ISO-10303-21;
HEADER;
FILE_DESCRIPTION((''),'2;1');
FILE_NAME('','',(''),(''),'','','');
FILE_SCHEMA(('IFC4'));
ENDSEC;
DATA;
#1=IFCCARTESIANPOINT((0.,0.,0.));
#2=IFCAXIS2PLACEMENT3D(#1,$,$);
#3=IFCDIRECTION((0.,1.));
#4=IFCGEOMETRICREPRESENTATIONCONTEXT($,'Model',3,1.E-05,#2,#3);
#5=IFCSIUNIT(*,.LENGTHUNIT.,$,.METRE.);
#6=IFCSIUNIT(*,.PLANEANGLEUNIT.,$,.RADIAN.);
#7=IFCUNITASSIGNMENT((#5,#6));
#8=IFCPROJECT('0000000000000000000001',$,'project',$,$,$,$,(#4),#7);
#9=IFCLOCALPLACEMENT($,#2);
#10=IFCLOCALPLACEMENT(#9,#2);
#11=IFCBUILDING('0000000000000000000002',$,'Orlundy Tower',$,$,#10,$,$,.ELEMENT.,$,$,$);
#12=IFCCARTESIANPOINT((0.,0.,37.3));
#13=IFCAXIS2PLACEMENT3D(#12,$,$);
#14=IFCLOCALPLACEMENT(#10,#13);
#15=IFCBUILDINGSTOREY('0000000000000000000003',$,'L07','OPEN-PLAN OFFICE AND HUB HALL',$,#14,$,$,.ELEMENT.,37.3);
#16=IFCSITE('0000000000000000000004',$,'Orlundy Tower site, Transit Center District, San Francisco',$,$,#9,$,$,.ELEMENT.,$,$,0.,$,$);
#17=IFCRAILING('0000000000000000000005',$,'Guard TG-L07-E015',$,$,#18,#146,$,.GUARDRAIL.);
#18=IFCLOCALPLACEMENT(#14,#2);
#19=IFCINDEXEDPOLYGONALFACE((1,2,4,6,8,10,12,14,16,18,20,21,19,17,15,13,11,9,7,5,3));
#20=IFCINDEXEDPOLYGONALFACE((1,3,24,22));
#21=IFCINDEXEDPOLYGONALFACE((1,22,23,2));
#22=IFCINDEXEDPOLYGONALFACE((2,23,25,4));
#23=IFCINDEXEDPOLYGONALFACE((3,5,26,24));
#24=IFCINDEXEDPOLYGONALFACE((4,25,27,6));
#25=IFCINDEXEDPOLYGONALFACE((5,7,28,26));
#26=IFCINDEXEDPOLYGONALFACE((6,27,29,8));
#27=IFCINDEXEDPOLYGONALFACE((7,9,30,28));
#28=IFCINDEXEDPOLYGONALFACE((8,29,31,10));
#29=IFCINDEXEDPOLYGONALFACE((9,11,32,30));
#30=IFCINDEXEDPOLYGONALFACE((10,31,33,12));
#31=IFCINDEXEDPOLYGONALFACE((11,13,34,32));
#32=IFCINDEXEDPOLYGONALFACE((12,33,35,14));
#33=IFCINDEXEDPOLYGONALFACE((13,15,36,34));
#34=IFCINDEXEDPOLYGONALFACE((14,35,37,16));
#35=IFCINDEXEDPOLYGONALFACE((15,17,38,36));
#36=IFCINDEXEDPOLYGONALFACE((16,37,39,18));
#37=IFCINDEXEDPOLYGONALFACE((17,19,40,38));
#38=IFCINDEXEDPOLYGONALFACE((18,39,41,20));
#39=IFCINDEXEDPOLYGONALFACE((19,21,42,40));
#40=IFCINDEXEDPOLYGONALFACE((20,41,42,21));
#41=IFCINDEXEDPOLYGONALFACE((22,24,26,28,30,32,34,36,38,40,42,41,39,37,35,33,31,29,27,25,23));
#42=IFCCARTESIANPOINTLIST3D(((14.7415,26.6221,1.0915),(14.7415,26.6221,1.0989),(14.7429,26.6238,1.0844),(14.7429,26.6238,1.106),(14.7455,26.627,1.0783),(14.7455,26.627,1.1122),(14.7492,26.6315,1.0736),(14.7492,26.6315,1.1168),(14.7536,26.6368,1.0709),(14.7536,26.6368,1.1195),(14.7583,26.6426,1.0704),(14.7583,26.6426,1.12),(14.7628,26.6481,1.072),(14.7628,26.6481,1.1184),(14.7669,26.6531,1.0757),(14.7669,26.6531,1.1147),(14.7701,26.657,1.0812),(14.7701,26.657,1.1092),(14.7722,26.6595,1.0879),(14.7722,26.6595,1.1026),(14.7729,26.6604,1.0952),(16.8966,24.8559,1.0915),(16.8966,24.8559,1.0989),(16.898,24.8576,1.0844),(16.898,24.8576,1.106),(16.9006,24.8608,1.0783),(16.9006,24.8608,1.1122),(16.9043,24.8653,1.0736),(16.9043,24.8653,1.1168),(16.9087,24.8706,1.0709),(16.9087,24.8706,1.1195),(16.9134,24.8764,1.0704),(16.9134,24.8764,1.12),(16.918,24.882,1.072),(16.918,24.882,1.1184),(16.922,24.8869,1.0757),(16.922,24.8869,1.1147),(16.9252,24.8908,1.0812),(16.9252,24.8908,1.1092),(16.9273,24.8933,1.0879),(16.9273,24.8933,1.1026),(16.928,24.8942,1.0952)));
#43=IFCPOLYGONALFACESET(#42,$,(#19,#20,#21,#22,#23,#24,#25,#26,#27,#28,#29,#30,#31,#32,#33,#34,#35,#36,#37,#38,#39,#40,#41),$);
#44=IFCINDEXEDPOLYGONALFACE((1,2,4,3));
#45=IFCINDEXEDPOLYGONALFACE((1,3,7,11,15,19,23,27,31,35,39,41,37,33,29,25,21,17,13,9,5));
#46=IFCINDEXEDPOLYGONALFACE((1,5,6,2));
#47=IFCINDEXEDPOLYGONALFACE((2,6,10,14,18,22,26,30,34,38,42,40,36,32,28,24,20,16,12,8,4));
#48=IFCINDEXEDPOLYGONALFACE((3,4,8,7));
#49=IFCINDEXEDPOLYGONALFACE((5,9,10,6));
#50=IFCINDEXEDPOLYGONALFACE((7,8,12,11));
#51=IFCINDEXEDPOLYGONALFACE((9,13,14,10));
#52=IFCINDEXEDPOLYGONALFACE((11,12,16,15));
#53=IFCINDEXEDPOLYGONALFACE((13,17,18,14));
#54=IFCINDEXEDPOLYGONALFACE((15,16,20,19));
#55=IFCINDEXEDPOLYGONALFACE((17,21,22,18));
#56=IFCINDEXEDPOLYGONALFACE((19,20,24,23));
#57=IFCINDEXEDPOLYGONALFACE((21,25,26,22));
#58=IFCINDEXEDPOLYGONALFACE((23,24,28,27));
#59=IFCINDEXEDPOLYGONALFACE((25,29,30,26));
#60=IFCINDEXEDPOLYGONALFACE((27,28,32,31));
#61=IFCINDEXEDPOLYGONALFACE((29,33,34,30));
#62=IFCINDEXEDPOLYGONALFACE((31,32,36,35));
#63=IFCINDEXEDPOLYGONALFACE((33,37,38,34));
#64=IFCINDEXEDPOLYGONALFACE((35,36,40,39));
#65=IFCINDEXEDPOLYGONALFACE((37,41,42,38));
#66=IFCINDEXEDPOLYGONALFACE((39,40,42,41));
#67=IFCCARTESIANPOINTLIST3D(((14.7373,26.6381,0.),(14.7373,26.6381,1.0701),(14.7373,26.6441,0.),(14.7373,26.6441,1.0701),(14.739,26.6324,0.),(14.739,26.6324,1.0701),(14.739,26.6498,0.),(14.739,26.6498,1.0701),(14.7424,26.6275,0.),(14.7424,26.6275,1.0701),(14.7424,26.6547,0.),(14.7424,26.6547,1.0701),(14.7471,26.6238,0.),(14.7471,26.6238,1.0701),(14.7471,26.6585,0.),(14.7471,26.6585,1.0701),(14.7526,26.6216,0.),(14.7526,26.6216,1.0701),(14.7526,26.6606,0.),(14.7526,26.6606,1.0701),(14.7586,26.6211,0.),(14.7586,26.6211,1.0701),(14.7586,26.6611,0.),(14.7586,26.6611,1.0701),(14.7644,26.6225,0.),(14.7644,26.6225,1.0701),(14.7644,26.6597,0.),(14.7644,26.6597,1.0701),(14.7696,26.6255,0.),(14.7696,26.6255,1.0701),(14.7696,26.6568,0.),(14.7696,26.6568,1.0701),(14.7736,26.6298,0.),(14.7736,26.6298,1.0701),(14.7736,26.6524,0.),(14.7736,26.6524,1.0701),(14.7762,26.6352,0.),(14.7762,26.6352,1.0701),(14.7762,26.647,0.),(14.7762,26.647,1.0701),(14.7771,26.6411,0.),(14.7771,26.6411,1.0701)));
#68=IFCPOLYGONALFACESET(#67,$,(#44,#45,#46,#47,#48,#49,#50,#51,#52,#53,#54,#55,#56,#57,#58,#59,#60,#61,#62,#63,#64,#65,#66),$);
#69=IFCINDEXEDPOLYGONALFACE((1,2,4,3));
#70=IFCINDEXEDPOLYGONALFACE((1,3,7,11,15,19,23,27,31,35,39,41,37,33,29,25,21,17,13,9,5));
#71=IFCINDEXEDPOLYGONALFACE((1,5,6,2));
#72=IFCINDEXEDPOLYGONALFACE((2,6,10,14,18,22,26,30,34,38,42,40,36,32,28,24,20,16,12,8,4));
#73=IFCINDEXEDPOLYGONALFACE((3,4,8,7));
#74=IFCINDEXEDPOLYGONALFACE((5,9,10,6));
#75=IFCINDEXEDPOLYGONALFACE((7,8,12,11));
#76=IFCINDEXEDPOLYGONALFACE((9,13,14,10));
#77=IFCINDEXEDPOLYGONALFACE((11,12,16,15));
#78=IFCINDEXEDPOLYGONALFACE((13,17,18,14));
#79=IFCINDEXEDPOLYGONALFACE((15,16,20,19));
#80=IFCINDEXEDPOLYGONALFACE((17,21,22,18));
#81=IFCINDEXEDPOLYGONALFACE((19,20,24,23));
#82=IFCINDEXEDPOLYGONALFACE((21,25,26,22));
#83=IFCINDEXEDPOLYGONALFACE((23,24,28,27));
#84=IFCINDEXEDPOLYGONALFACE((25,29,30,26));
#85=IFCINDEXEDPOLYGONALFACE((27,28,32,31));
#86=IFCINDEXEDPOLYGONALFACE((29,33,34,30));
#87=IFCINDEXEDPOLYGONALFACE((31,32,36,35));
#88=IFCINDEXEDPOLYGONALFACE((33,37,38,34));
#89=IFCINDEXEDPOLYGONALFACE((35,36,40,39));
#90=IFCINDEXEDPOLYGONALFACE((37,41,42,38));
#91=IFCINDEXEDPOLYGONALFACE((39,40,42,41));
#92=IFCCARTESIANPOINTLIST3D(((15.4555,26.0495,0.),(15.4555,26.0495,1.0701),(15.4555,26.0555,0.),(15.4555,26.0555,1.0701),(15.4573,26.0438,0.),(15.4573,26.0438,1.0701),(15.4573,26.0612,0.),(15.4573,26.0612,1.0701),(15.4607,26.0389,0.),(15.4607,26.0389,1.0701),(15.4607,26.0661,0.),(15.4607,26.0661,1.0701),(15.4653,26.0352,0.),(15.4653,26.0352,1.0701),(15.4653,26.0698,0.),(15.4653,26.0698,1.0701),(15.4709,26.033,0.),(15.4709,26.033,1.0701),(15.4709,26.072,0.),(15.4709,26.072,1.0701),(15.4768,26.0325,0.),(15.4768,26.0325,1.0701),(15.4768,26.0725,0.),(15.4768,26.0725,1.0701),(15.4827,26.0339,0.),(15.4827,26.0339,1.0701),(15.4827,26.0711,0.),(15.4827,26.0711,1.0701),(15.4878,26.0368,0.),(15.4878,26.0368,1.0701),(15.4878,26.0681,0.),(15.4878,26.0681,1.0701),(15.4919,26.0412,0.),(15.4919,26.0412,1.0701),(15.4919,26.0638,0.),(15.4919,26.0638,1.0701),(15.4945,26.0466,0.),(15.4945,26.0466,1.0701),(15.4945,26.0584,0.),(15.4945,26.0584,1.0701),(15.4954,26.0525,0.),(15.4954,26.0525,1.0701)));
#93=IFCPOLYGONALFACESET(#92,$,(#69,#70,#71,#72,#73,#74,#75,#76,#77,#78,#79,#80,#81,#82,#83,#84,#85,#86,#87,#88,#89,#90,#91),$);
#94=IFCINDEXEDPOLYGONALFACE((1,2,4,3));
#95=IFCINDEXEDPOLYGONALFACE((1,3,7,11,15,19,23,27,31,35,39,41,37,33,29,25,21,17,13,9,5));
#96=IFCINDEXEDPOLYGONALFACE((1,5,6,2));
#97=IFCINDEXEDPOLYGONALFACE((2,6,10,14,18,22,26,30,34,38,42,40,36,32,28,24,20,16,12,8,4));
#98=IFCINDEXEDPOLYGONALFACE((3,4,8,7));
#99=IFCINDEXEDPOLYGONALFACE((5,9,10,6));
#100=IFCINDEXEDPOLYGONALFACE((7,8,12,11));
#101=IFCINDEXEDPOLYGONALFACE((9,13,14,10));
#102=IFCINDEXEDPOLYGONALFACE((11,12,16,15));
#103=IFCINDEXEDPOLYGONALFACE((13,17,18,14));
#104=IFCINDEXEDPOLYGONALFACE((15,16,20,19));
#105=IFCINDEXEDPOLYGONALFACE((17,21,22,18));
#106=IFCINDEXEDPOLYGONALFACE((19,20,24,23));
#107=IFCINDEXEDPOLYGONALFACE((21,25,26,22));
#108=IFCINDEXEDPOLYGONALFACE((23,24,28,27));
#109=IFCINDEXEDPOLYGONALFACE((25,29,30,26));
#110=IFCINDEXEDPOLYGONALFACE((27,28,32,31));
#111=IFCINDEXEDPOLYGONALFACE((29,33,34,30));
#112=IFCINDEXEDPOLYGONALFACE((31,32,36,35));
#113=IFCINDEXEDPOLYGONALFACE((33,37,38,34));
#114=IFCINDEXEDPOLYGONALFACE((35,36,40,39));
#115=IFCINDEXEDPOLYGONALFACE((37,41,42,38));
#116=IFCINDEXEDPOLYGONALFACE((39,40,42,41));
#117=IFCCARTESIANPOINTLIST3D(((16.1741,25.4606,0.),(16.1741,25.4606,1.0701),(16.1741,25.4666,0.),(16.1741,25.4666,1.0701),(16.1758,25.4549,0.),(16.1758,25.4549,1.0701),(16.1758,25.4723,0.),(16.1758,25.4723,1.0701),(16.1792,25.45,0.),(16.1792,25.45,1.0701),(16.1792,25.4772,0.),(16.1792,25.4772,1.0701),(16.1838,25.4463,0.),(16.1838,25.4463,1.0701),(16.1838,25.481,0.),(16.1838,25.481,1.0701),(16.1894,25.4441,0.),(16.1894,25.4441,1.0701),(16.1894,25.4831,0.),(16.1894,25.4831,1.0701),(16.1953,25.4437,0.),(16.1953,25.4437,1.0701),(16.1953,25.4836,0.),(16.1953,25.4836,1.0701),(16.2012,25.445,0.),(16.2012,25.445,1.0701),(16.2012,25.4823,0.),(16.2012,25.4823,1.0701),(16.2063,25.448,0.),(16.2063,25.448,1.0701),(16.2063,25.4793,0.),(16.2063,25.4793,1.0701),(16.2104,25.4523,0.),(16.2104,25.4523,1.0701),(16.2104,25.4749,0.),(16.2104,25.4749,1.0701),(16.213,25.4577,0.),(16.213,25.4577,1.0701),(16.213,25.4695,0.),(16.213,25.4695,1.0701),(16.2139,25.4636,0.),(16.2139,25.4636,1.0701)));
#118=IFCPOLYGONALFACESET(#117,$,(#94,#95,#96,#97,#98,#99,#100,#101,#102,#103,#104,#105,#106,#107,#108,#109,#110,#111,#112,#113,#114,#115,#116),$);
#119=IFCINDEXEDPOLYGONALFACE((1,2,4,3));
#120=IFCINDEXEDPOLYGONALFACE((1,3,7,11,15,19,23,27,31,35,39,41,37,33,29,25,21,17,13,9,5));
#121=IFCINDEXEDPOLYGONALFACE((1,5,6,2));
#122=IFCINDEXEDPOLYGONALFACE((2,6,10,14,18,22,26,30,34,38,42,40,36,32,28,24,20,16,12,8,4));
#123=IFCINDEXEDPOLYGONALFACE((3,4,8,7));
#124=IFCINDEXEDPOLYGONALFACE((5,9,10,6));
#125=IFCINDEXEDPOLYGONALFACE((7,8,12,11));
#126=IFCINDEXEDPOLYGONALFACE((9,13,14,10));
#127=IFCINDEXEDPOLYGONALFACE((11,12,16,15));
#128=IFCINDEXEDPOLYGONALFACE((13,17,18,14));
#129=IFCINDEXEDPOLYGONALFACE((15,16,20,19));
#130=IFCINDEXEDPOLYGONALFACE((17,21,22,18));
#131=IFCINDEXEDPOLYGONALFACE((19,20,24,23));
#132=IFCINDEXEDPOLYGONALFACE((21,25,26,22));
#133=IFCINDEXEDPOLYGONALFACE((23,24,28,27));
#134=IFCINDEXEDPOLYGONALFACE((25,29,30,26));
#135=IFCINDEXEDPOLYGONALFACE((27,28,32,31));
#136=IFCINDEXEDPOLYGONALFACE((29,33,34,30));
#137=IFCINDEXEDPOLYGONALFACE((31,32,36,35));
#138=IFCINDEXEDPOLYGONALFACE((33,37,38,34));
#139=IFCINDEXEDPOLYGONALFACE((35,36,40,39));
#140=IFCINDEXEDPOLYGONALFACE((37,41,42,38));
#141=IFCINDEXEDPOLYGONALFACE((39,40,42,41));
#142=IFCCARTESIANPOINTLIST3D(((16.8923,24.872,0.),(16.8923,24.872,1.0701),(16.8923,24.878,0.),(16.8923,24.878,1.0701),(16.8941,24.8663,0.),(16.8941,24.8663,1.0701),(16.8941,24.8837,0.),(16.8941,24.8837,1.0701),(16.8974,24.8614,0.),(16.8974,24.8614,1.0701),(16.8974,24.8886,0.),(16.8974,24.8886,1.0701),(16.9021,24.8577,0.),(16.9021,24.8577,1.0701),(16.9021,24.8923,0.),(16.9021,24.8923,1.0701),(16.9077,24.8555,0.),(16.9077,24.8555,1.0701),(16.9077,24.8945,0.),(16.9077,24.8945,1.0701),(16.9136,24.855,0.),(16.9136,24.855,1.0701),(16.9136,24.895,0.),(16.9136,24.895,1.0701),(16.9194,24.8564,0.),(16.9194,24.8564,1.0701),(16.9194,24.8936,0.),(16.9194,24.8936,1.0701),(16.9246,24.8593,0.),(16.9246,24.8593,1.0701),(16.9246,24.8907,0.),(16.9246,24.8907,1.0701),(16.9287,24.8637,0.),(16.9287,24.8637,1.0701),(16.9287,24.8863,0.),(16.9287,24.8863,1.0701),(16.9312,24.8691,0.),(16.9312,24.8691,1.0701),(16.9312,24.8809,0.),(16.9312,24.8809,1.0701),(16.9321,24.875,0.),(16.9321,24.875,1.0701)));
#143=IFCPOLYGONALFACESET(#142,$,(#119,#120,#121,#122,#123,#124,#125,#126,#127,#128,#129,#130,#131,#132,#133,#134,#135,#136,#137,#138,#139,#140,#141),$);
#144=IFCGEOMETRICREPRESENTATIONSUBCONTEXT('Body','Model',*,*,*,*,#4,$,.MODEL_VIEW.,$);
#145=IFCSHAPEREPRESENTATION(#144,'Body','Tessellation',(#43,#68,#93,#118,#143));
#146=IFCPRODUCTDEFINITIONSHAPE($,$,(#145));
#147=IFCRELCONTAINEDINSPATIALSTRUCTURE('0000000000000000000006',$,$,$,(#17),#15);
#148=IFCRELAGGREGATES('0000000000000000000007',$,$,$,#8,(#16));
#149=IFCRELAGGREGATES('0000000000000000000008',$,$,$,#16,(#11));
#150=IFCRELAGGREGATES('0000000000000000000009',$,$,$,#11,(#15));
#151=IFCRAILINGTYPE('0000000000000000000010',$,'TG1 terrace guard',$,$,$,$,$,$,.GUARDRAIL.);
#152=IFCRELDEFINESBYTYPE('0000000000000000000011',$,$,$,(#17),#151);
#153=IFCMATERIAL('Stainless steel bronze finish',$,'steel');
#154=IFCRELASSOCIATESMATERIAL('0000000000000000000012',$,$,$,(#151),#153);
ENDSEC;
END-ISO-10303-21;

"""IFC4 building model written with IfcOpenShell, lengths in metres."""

from ifc_helpers import new_model, si_unit, direction, frame, origin, origin_2d, place, context, subcontext, project, spatial, circle, extrude, material, type_object, element, save


model = new_model("IFC4")

# Units and contexts
model_context = context("Model", 3, precision=1e-05, world=origin(), true_north=direction((0.0, 1.0)))
body_context = subcontext(model_context, "Body", "Model", "MODEL_VIEW")
ifc_project = project(units=[si_unit("LENGTHUNIT", "METRE"), si_unit("PLANEANGLEUNIT", "RADIAN")], contexts=[model_context])

# Site, building, storey
site_placement = place(None, origin())
site = spatial("IfcSite", under=ifc_project, at=site_placement, Name="Orlundy Tower site, Transit Center District, San Francisco", CompositionType="ELEMENT", RefElevation=0.0)
building_placement = place(site_placement, origin())
building = spatial("IfcBuilding", under=site, at=building_placement, Name="Orlundy Tower", CompositionType="ELEMENT")
storey_placement = place(building_placement, frame((0.0, 0.0, 37.3)))
storey = spatial("IfcBuildingStorey", under=building, at=storey_placement, Name="L07", Description="OPEN-PLAN OFFICE AND HUB HALL", CompositionType="ELEMENT", Elevation=37.3)

# Railing
ifc_material_1 = material(Name="Stainless steel bronze finish", Category="steel")
railing_type = type_object("IfcRailingType", Name="TG1 terrace guard", PredefinedType="GUARDRAIL", material=ifc_material_1)
railing_1_placement = place(storey_placement, frame((14.7571, 26.6411, 0.0)))
element("IfcRailing", 1, at=railing_1_placement, inside=storey, type_object=railing_type, Name="Guard TG-L07-E015", PredefinedType="GUARDRAIL", context=body_context, shape_type="SweptSolid", body=[
    extrude(circle(Radius=0.0249, at=origin_2d()), frame((0.0, 0.0, 1.0952), z_axis=(0.773446, -0.633863, 0.0), x_axis=(0.633863, 0.773446, 0.0)), (0.0, 0.0, 1.0), 2.7864),
    extrude(circle(Radius=0.02, at=origin_2d()), origin(), (0.0, 0.0, 1.0), 1.0701),
    extrude(circle(Radius=0.02, at=origin_2d()), frame((0.7183, -0.5886, 0.0)), (0.0, 0.0, 1.0), 1.0701),
    extrude(circle(Radius=0.02, at=origin_2d()), frame((1.4368, -1.1775, 0.0)), (0.0, 0.0, 1.0), 1.0701),
    extrude(circle(Radius=0.02, at=origin_2d()), frame((2.155, -1.7661, 0.0)), (0.0, 0.0, 1.0), 1.0701),
])

save(model, "model.ifc")
